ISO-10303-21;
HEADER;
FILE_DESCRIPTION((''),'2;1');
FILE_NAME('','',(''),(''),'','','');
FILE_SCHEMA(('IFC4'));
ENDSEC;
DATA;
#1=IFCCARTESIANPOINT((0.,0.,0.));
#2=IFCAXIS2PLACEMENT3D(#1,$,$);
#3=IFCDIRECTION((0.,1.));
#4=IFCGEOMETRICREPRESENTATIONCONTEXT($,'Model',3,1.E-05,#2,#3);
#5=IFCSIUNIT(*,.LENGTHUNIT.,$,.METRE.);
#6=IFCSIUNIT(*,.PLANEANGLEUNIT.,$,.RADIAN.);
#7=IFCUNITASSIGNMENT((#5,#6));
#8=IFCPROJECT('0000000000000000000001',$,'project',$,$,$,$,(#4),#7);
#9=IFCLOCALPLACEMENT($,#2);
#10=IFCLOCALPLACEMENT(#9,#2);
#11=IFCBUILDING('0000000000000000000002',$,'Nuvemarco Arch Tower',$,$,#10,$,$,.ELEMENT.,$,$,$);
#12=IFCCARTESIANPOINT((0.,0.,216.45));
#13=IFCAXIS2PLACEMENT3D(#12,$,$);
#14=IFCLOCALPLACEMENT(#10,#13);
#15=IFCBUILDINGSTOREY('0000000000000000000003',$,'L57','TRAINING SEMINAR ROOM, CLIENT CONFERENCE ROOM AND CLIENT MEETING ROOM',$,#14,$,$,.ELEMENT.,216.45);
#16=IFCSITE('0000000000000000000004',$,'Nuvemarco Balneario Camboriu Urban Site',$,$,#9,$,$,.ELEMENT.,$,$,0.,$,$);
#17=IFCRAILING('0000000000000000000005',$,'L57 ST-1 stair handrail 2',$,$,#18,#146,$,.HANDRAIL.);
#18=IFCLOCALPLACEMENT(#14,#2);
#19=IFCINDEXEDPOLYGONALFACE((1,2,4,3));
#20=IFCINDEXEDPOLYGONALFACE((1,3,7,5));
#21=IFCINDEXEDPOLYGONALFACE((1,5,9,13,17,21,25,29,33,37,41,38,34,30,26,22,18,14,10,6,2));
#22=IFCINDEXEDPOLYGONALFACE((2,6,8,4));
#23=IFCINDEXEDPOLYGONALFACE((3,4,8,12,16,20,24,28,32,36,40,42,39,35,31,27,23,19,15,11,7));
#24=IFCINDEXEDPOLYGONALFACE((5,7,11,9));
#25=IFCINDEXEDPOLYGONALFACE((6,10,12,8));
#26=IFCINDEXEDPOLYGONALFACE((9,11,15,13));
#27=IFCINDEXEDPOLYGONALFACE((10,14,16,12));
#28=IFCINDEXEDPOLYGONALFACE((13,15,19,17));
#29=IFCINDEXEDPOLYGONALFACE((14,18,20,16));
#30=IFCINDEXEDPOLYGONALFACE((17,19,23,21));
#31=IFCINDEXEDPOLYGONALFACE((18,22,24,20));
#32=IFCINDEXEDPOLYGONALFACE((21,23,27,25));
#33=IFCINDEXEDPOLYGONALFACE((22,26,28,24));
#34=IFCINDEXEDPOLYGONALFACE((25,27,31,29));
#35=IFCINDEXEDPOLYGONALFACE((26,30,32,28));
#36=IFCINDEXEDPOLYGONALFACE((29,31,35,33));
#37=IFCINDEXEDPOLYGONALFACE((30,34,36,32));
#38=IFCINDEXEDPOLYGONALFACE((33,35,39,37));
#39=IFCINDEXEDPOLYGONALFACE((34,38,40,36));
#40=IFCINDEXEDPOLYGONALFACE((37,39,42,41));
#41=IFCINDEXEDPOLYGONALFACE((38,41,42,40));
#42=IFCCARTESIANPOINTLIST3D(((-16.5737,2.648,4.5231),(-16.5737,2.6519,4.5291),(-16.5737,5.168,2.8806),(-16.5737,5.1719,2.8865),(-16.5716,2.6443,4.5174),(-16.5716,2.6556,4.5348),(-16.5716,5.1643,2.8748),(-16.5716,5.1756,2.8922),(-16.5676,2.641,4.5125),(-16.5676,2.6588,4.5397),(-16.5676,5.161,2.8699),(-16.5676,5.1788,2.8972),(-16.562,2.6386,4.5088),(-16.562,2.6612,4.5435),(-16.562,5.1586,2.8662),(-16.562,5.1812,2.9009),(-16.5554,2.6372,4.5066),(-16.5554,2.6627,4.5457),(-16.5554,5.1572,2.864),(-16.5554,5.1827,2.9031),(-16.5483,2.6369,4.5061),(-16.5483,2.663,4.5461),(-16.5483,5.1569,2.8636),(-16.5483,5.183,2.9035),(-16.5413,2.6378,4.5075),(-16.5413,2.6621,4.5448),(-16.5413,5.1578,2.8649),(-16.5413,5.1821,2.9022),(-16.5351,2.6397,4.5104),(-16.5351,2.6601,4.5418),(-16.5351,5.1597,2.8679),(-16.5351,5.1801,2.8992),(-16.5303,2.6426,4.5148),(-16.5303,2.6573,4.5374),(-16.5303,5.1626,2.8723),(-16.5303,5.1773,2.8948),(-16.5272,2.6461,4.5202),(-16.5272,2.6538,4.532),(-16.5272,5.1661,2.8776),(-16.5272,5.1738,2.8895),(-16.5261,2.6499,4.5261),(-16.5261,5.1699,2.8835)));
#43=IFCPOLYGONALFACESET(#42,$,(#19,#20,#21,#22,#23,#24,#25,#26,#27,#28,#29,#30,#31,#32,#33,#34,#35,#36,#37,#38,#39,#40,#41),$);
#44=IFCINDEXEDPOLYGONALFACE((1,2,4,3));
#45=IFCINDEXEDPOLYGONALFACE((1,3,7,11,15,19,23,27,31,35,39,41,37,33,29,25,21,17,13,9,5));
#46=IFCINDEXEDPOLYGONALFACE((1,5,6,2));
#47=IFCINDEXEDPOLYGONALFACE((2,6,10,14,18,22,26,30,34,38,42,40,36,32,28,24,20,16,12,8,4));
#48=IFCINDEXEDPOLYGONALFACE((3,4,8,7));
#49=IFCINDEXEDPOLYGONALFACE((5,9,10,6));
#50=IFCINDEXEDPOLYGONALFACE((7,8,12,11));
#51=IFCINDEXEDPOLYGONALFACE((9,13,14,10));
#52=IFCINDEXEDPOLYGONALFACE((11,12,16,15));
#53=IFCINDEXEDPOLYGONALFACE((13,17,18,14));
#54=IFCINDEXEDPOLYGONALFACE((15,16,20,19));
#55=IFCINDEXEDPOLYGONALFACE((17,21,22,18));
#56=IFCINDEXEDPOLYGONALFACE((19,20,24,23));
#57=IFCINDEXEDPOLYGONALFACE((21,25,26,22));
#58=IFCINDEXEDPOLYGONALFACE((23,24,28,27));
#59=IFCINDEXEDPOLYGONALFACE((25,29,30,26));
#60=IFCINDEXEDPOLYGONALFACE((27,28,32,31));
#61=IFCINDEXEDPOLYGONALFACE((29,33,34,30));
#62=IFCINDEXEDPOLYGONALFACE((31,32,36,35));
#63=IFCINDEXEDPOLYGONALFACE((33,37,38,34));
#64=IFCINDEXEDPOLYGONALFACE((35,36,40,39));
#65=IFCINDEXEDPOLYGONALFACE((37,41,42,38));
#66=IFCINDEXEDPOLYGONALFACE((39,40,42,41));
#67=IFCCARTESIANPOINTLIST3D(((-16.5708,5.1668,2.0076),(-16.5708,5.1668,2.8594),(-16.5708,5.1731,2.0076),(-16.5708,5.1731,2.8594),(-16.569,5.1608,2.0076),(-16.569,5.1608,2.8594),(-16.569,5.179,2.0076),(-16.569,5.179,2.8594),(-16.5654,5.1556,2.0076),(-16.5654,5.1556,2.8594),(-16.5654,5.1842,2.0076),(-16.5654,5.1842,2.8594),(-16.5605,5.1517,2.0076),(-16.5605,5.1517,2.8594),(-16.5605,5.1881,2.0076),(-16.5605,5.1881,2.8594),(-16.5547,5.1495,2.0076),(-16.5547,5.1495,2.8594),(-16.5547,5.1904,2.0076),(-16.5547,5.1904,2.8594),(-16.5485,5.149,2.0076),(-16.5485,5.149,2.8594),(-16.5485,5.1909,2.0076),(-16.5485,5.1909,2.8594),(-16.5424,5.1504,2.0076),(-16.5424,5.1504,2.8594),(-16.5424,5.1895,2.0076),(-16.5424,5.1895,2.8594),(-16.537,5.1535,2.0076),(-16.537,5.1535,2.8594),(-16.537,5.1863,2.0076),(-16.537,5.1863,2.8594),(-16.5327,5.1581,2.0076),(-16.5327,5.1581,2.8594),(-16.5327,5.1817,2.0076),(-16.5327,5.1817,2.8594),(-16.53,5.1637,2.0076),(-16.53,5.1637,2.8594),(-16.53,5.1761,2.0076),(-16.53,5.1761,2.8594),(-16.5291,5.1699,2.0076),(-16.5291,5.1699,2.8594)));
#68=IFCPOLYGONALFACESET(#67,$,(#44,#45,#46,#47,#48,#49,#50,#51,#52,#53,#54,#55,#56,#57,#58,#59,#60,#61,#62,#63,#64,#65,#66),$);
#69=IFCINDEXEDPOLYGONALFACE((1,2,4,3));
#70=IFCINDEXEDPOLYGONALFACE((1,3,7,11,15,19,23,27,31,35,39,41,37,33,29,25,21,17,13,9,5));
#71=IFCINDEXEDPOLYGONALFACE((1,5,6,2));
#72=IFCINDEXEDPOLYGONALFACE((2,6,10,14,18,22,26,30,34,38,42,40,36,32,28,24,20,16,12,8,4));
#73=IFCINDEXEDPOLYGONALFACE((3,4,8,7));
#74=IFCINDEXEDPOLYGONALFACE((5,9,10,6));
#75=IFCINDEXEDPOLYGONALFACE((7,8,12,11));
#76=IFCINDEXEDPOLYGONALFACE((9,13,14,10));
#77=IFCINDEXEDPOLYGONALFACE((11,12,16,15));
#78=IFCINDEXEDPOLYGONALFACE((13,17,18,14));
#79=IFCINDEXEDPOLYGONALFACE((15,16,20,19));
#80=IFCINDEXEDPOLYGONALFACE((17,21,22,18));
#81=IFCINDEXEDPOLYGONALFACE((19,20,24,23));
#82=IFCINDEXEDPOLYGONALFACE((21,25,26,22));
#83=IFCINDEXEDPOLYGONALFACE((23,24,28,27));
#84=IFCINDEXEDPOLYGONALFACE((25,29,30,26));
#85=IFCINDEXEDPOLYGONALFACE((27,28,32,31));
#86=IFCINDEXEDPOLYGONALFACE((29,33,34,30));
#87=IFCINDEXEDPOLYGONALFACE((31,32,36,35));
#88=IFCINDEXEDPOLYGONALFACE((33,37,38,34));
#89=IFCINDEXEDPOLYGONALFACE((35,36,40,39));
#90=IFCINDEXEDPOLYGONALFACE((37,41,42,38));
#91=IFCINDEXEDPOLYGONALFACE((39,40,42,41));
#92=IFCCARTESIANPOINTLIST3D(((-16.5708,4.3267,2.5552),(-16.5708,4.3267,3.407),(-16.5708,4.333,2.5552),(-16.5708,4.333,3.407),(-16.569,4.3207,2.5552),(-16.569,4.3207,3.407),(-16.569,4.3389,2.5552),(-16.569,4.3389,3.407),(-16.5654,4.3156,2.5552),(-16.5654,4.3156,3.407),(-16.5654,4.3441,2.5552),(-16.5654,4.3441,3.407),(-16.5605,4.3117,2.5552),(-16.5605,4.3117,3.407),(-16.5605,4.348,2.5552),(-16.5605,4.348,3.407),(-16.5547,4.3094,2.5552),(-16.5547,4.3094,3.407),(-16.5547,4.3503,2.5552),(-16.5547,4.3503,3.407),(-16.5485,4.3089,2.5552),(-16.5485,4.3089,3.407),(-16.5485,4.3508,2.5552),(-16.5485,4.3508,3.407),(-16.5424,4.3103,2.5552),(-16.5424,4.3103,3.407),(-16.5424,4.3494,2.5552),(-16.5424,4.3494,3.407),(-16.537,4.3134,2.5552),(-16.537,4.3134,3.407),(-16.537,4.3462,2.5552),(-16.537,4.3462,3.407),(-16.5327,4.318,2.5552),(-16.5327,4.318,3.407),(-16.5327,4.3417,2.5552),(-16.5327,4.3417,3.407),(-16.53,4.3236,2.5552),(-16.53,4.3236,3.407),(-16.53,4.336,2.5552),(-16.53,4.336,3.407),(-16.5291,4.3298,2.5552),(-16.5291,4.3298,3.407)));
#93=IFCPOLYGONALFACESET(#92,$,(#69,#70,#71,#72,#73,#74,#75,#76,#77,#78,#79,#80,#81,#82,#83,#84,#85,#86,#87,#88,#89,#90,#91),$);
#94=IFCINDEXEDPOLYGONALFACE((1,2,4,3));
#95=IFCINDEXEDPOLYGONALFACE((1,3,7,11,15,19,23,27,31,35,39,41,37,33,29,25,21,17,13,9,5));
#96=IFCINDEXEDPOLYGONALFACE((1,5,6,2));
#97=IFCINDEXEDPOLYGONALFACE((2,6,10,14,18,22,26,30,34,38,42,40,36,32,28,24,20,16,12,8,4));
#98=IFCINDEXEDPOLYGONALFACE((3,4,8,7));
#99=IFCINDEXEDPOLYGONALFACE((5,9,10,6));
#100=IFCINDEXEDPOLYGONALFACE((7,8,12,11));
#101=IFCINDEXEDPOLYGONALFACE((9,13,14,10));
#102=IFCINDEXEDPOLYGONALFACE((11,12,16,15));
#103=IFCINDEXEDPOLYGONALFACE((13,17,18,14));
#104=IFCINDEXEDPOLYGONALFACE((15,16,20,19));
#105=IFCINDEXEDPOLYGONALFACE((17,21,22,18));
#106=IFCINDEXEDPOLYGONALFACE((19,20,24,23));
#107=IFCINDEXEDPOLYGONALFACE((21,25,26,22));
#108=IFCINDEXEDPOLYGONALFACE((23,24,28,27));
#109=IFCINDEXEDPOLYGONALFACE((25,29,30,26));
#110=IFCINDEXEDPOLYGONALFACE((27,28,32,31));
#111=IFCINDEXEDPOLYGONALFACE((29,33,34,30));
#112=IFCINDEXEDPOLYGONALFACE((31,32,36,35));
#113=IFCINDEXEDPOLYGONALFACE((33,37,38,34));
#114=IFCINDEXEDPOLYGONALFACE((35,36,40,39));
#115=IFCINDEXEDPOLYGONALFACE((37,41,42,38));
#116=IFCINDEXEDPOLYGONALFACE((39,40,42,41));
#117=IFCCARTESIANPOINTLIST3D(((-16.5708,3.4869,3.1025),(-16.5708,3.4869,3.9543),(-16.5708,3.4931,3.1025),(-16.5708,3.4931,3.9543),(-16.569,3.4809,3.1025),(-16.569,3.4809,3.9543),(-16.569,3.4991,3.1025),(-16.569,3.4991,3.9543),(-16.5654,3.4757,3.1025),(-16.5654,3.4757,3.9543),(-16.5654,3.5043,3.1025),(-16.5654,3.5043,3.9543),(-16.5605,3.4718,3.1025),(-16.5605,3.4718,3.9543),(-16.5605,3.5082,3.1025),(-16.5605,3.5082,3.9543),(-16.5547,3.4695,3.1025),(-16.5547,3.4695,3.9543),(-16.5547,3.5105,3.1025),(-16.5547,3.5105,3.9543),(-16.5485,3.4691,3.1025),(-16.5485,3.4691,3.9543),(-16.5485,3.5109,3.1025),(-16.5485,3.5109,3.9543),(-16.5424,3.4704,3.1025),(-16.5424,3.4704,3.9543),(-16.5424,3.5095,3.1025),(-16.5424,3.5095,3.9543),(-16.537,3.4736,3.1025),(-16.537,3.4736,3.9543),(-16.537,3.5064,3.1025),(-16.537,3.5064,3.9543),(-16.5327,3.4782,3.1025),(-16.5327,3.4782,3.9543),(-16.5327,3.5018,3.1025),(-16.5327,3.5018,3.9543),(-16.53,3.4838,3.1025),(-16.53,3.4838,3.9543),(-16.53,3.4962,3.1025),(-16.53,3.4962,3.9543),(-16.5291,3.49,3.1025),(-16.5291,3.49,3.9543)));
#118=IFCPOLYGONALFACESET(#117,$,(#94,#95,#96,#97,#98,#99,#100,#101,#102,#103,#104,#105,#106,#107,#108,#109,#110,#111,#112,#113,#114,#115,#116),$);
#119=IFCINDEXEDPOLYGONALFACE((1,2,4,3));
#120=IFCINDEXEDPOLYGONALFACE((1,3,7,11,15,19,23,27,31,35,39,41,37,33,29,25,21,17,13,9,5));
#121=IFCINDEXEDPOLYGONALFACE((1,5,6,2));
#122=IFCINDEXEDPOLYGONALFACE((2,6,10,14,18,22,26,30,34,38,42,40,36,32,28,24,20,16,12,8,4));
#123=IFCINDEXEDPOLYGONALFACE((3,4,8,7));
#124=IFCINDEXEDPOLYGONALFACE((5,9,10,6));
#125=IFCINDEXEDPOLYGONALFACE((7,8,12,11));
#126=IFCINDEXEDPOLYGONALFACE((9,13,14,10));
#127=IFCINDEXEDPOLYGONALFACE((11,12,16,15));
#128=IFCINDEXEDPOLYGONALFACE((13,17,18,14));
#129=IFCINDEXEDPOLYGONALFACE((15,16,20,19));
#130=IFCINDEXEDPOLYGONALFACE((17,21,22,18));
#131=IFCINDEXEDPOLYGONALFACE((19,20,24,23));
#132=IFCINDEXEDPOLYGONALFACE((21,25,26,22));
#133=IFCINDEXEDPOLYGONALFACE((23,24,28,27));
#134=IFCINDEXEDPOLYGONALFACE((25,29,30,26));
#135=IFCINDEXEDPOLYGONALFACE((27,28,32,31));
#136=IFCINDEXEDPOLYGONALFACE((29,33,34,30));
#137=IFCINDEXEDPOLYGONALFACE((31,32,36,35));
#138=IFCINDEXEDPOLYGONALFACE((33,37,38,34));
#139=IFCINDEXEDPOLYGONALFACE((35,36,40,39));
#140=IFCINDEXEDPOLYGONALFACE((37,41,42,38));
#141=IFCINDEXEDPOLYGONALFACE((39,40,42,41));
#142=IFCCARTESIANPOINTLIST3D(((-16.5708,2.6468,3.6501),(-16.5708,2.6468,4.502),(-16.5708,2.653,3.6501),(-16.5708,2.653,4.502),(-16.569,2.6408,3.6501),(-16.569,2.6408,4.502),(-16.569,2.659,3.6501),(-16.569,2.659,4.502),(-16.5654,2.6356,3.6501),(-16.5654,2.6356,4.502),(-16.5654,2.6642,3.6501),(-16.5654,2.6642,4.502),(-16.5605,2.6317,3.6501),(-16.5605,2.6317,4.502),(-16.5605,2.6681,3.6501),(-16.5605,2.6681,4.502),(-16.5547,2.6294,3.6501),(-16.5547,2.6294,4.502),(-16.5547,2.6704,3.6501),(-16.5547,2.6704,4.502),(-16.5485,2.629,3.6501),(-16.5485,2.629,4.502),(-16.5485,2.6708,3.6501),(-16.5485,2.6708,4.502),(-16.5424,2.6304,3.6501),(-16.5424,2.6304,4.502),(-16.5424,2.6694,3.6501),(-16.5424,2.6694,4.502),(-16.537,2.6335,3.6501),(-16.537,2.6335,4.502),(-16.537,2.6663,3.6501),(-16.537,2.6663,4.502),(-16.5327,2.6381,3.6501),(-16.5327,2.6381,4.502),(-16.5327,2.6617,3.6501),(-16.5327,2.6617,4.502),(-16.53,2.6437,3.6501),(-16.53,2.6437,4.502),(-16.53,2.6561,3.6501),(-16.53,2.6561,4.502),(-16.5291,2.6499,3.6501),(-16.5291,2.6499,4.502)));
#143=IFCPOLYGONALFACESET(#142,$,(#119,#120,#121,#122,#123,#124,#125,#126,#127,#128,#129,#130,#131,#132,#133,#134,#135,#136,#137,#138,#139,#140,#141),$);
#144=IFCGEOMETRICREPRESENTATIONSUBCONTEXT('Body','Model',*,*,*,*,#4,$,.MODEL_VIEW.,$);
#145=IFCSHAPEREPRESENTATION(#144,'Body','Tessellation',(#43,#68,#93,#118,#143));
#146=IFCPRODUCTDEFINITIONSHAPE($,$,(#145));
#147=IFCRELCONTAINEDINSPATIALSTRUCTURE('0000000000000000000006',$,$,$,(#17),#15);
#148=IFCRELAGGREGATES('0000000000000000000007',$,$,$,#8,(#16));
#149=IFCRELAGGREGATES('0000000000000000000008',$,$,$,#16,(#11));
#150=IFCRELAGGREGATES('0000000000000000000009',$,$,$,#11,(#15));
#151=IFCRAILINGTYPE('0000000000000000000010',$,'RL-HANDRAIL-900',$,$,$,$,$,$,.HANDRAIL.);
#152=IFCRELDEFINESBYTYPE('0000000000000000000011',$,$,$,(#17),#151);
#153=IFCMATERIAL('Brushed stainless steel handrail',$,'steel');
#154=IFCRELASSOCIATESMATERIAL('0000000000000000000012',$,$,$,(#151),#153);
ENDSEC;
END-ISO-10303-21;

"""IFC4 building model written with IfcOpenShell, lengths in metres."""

from ifc_helpers import new_model, si_unit, direction, frame, origin, origin_2d, place, context, subcontext, project, spatial, circle, extrude, material, type_object, element, save


model = new_model("IFC4")

# Units and contexts
model_context = context("Model", 3, precision=1e-05, world=origin(), true_north=direction((0.0, 1.0)))
body_context = subcontext(model_context, "Body", "Model", "MODEL_VIEW")
ifc_project = project(units=[si_unit("LENGTHUNIT", "METRE"), si_unit("PLANEANGLEUNIT", "RADIAN")], contexts=[model_context])

# Site, building, storey
site_placement = place(None, origin())
site = spatial("IfcSite", under=ifc_project, at=site_placement, Name="Nuvemarco Balneario Camboriu Urban Site", CompositionType="ELEMENT", RefElevation=0.0)
building_placement = place(site_placement, origin())
building = spatial("IfcBuilding", under=site, at=building_placement, Name="Nuvemarco Arch Tower", CompositionType="ELEMENT")
storey_placement = place(building_placement, frame((0.0, 0.0, 216.45)))
storey = spatial("IfcBuildingStorey", under=building, at=storey_placement, Name="L57", Description="TRAINING SEMINAR ROOM, CLIENT CONFERENCE ROOM AND CLIENT MEETING ROOM", CompositionType="ELEMENT", Elevation=216.45)

# Railing
ifc_material_1 = material(Name="Brushed stainless steel handrail", Category="steel")
railing_type_1 = type_object("IfcRailingType", Name="RL-HANDRAIL-900", PredefinedType="HANDRAIL", material=ifc_material_1)
railing_1_placement = place(storey_placement, frame((-16.55, 5.1699, 2.0076)))
element("IfcRailing", 1, at=railing_1_placement, inside=storey, type_object=railing_type_1, Name="L57 ST-1 stair handrail 2", PredefinedType="HANDRAIL", context=body_context, shape_type="SweptSolid", body=[
    extrude(circle(Radius=0.0239, at=origin_2d()), frame((0.0, 0.0, 0.876), z_axis=(0.0, -0.837749, 0.546055), x_axis=(1.0, 0.0, 0.0)), (0.0, 0.0, 1.0), 3.0081),
    extrude(circle(Radius=0.021, at=origin_2d()), origin(), (0.0, 0.0, 1.0), 0.8518),
    extrude(circle(Radius=0.021, at=origin_2d()), frame((0.0, -0.8401, 0.5476)), (0.0, 0.0, 1.0), 0.8518),
    extrude(circle(Radius=0.021, at=origin_2d()), frame((0.0, -1.6799, 1.095)), (0.0, 0.0, 1.0), 0.8518),
    extrude(circle(Radius=0.021, at=origin_2d()), frame((0.0, -2.52, 1.6426)), (0.0, 0.0, 1.0), 0.8518),
])

save(model, "model.ifc")
